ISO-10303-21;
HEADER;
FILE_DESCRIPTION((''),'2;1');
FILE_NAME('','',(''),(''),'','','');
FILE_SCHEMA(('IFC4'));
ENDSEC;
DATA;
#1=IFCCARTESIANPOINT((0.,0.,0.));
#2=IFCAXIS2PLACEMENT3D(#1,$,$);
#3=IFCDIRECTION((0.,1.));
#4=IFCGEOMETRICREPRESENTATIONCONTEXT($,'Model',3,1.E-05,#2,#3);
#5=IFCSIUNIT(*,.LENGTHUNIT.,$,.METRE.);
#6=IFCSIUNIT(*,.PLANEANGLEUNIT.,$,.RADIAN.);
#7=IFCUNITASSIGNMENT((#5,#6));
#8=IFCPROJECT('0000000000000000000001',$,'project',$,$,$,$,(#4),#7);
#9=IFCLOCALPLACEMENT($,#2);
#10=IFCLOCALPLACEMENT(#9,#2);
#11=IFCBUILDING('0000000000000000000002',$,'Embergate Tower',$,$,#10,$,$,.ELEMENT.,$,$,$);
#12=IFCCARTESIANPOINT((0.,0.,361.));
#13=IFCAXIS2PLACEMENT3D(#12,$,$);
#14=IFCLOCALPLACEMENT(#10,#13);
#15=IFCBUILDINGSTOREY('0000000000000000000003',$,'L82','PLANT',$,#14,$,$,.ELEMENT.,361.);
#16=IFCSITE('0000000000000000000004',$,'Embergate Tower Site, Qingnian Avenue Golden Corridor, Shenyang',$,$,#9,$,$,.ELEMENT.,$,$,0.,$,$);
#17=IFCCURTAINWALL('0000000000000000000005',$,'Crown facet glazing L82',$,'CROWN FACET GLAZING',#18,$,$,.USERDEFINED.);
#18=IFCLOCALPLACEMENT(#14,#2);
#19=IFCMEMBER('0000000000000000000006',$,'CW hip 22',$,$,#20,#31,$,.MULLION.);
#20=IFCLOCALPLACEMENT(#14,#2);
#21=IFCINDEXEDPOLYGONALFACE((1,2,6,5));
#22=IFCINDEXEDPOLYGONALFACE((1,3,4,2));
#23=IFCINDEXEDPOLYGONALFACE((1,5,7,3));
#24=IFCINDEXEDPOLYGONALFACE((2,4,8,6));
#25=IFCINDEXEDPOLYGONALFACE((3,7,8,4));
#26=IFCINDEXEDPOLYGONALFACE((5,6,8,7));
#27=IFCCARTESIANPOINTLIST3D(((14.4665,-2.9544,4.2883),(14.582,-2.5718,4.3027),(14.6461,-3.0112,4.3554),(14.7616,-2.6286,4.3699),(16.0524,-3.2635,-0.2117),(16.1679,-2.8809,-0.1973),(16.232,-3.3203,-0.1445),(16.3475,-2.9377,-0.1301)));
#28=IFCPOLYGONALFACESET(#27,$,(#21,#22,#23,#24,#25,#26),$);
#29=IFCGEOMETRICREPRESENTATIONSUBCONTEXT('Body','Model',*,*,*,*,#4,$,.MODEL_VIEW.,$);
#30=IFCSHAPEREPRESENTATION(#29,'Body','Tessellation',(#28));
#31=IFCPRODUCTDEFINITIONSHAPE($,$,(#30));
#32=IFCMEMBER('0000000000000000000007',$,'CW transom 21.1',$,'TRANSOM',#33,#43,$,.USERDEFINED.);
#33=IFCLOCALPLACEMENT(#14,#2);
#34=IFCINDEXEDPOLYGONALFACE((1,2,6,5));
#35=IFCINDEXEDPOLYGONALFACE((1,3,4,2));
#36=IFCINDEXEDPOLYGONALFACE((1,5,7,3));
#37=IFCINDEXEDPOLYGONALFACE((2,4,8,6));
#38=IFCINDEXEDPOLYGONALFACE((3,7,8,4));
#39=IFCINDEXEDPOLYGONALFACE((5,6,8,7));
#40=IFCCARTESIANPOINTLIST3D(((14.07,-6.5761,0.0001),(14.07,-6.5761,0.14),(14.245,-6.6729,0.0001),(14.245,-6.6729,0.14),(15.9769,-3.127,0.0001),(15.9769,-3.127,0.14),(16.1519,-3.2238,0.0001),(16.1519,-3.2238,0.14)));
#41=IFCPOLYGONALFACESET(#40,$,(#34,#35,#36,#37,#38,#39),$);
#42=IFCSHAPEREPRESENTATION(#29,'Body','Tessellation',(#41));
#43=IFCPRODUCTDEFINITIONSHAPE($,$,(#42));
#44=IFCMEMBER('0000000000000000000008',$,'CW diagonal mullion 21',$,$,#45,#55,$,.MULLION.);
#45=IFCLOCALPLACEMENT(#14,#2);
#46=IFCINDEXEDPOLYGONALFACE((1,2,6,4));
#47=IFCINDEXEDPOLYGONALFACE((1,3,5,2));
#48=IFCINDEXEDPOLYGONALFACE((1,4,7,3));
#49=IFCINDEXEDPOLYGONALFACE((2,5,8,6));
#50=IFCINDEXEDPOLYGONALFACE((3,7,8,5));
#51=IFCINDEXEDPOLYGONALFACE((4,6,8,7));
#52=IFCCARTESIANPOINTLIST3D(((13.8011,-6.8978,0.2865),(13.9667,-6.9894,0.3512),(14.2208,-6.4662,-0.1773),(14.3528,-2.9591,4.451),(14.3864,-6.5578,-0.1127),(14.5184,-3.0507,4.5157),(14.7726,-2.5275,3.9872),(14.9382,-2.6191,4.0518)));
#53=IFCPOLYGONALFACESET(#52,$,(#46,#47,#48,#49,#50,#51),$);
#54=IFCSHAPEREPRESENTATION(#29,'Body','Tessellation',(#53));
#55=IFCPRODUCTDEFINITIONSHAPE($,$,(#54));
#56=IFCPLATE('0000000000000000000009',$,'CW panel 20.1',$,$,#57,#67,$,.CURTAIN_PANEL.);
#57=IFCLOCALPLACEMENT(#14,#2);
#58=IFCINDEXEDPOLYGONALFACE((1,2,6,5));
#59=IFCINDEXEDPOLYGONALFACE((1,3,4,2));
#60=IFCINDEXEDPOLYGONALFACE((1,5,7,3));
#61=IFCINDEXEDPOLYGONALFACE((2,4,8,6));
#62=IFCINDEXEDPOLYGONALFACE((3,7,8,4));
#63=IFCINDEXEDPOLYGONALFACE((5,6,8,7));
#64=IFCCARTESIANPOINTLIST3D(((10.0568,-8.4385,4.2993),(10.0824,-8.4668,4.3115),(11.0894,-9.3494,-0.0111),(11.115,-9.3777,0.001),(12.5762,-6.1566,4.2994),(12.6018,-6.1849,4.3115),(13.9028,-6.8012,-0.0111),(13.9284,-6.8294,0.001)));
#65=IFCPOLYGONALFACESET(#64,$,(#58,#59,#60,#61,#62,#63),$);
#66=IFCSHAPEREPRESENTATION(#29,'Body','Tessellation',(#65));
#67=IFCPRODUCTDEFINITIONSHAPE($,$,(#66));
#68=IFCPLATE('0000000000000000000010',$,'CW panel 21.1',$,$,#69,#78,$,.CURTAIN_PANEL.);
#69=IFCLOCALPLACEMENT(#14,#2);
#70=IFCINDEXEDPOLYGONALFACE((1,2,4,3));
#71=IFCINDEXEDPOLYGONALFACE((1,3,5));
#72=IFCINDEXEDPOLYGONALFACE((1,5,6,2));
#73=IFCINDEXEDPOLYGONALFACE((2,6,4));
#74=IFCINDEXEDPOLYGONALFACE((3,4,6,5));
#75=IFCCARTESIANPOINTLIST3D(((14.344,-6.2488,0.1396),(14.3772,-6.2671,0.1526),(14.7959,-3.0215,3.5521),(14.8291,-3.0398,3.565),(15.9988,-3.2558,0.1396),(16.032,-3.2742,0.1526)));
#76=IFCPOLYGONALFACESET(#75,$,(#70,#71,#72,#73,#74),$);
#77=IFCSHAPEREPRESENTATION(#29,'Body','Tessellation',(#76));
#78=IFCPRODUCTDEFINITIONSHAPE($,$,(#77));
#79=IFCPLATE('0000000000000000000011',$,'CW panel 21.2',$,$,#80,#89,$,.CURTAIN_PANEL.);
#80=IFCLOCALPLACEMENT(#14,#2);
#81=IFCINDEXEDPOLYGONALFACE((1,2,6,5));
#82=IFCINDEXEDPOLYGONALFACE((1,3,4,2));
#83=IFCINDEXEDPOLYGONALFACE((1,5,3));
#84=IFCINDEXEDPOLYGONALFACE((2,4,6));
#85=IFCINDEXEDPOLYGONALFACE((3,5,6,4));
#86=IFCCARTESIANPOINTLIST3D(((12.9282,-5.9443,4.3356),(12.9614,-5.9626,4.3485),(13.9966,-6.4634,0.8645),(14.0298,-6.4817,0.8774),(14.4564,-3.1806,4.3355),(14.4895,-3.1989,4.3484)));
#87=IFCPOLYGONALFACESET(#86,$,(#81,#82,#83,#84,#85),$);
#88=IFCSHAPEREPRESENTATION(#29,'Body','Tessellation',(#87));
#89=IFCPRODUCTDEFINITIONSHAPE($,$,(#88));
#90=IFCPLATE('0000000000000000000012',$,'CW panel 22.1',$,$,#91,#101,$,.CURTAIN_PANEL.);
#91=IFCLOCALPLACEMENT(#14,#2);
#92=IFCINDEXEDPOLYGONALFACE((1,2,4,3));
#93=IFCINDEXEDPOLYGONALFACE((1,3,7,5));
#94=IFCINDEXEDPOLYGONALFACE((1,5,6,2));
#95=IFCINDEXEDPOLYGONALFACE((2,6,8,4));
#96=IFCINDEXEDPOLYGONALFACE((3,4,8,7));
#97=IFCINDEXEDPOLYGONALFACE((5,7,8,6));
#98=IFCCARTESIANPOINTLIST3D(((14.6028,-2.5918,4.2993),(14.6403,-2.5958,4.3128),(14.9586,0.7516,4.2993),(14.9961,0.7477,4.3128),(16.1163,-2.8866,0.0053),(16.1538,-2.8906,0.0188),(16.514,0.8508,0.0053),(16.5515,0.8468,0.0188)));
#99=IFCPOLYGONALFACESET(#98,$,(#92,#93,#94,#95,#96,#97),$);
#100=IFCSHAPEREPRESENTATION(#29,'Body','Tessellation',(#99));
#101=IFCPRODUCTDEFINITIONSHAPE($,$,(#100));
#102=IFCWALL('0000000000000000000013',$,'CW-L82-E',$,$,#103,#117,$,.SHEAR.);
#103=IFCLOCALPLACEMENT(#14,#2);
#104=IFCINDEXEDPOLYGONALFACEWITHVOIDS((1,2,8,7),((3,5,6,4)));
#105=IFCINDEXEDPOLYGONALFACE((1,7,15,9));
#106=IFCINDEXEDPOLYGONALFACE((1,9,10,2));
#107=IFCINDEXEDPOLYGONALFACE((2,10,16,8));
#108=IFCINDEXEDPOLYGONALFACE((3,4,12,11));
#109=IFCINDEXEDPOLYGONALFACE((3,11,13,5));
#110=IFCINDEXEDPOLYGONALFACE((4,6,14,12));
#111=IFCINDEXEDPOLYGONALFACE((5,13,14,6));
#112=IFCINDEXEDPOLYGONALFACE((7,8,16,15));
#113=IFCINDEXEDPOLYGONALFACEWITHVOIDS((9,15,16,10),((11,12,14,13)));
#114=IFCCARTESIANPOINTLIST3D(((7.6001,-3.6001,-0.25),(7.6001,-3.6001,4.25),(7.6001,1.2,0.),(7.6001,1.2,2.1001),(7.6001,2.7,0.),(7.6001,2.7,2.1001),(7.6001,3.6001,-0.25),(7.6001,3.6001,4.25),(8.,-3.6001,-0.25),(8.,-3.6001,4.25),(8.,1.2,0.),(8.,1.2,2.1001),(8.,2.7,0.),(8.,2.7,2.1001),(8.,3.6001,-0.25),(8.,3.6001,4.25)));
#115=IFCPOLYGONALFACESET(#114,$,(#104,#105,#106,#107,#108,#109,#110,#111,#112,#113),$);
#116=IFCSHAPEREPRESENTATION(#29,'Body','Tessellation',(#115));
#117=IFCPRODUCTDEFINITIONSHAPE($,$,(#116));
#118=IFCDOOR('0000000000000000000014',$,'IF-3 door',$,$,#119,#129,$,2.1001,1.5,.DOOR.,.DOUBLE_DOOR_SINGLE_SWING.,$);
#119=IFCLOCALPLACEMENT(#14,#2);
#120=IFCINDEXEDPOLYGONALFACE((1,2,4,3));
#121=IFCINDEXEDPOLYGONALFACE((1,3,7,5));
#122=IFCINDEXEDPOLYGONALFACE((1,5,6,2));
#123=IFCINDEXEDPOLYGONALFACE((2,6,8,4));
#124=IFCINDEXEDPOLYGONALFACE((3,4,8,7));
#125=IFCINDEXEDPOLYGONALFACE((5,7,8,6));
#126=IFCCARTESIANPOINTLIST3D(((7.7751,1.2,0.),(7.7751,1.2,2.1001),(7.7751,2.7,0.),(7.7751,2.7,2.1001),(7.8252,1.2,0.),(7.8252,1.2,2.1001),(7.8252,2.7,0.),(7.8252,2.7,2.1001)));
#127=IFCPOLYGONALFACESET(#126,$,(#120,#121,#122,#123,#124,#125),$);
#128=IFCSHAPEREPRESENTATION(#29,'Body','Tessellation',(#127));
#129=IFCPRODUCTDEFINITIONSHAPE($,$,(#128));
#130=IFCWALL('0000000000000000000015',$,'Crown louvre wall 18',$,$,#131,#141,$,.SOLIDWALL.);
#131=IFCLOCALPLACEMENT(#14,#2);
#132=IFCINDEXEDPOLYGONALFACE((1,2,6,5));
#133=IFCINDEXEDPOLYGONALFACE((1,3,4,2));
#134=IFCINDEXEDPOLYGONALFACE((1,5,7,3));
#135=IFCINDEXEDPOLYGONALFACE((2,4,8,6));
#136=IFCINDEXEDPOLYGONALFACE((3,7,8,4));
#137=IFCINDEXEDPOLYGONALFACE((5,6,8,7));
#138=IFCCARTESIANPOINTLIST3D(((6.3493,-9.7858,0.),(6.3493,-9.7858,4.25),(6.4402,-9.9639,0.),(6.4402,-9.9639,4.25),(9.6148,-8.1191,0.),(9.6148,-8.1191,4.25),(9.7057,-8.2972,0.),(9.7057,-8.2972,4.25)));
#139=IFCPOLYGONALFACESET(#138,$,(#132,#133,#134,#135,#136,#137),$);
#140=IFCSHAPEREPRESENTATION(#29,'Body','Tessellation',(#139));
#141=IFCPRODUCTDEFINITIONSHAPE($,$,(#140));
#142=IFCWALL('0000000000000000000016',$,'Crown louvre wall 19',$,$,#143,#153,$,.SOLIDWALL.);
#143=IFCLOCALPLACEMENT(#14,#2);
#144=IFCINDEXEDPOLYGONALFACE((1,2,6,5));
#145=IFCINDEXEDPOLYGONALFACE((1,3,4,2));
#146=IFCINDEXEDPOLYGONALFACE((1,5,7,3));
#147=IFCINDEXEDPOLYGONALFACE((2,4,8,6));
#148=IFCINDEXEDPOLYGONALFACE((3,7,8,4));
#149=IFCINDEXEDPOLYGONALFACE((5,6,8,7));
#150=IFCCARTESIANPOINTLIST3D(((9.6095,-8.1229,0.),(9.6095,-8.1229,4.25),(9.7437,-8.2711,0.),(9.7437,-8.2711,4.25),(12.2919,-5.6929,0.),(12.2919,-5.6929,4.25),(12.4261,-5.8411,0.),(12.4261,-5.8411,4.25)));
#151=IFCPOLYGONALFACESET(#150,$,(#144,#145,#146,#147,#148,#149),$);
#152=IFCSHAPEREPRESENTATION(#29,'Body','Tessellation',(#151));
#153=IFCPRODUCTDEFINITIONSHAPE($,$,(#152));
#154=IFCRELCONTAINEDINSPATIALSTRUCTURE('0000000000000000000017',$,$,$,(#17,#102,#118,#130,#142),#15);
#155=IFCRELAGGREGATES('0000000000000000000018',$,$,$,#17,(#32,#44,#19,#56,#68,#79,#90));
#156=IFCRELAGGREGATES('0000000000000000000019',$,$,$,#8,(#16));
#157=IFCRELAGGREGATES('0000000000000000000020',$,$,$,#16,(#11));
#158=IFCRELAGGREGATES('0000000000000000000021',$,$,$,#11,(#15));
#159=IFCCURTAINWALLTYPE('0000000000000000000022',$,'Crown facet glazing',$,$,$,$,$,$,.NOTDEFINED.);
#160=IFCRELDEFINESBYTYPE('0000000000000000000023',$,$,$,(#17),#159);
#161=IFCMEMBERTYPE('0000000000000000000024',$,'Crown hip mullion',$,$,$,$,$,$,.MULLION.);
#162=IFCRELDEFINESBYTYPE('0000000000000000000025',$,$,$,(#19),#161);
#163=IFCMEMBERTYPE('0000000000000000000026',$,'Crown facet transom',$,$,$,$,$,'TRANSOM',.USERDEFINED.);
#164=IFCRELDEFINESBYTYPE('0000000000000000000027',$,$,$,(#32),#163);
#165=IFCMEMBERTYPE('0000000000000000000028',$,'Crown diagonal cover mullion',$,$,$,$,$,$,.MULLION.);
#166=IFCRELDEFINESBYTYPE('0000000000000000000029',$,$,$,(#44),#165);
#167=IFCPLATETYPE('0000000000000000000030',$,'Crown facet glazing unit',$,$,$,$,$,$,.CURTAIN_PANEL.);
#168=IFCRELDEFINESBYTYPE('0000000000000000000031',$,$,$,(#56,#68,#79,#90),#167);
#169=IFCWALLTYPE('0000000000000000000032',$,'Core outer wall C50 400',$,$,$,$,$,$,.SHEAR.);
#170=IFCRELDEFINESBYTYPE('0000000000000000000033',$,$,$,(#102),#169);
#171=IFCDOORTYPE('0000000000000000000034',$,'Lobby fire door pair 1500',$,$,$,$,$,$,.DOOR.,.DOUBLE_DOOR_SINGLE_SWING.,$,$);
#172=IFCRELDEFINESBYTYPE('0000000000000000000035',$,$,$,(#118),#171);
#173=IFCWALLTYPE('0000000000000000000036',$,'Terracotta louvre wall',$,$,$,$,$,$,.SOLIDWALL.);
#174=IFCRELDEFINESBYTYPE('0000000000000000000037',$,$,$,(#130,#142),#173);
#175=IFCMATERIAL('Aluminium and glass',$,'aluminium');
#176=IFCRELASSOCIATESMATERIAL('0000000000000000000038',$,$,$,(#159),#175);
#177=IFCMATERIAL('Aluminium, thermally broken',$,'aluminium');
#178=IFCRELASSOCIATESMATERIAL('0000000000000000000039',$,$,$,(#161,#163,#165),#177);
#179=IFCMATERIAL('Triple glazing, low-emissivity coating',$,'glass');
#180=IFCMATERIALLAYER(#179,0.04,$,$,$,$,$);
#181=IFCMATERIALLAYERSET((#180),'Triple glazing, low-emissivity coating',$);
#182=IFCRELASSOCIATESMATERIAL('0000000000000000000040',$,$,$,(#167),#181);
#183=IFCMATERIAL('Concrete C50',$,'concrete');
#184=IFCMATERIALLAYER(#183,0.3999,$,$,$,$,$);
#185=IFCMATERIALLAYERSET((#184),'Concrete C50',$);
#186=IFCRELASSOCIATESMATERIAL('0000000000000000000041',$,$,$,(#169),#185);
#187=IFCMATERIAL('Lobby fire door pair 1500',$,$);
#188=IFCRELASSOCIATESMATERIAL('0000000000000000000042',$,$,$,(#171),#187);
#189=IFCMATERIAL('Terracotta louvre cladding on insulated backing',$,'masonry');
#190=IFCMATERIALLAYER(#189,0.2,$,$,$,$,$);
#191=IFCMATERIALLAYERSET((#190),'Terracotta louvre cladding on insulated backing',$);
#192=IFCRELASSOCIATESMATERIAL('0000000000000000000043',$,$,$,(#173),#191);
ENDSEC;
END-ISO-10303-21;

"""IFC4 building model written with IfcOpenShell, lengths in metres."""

from ifc_helpers import new_model, si_unit, direction, frame, frame_2d, origin, origin_2d, place, context, subcontext, project, spatial, polyline, rectangle, outline, extrude, source, transform, mapped, material, layer, layer_set, material_profile, profile_set, type_object, element, fill, aggregate, save


model = new_model("IFC4")

# Units and contexts
model_context = context("Model", 3, precision=1e-05, world=origin(), true_north=direction((0.0, 1.0)))
body_context = subcontext(model_context, "Body", "Model", "MODEL_VIEW")
ifc_project = project(units=[si_unit("LENGTHUNIT", "METRE"), si_unit("PLANEANGLEUNIT", "RADIAN")], contexts=[model_context])

# Site, building, storey
site_placement = place(None, origin())
site = spatial("IfcSite", under=ifc_project, at=site_placement, Name="Embergate Tower Site, Qingnian Avenue Golden Corridor, Shenyang", CompositionType="ELEMENT", RefElevation=0.0)
building_placement = place(site_placement, origin())
building = spatial("IfcBuilding", under=site, at=building_placement, Name="Embergate Tower", CompositionType="ELEMENT")
storey_placement = place(building_placement, frame((0.0, 0.0, 361.0)))
storey = spatial("IfcBuildingStorey", under=building, at=storey_placement, Name="L82", Description="PLANT", CompositionType="ELEMENT", Elevation=361.0)

# Curtain wall, members, plates
ifc_material_1 = material(Name="Aluminium and glass", Category="aluminium")
curtain_wall_type = type_object("IfcCurtainWallType", Name="Crown facet glazing", PredefinedType="NOTDEFINED", material=ifc_material_1)
curtain_wall_placement = place(storey_placement, origin())
curtain_wall = element("IfcCurtainWall", 1, at=curtain_wall_placement, inside=storey, type_object=curtain_wall_type, Name="Crown facet glazing L82", ObjectType="CROWN FACET GLAZING", PredefinedType="USERDEFINED")
ifc_material_2 = material(Name="Aluminium, thermally broken", Category="aluminium")
ifc_material_profile_1 = material_profile(ifc_material_2, rectangle(XDim=0.2, YDim=0.3999, at=origin_2d()), Name="AL 400x200")
ifc_profile_set_1 = profile_set([ifc_material_profile_1], Name="Aluminium, thermally broken")
member_type_1 = type_object("IfcMemberType", Name="Crown hip mullion", PredefinedType="MULLION", material=ifc_profile_set_1)
shared_shape_1 = source(origin(), body_context, "Body", "SweptSolid", [
    extrude(rectangle(XDim=0.2, YDim=0.3999, at=origin_2d()), origin(), (0.0, 0.0, 1.0), 4.7812),
])
member_1_placement = place(storey_placement, frame((16.2, -3.1006, -0.1709), z_axis=(-0.331697, 0.064644, 0.941169), x_axis=(0.898083, -0.28381, 0.336005)))
member_1 = element("IfcMember", 2, at=member_1_placement, type_object=member_type_1, Name="CW hip 22", PredefinedType="MULLION", context=body_context, shape_type="MappedRepresentation", body=[
    mapped(shared_shape_1, transform((0.0, 0.0, 0.0))),
])
ifc_material_profile_2 = material_profile(ifc_material_2, rectangle(XDim=0.2, YDim=0.1399, at=origin_2d()), Name="AL 140x200")
ifc_profile_set_2 = profile_set([ifc_material_profile_2], Name="Aluminium, thermally broken")
member_type_2 = type_object("IfcMemberType", Name="Crown facet transom", ElementType="TRANSOM", PredefinedType="USERDEFINED", material=ifc_profile_set_2)
shared_shape_2 = source(origin(), body_context, "Body", "SweptSolid", [
    extrude(rectangle(XDim=0.2, YDim=0.1399, at=origin_2d()), origin(), (0.0, 0.0, 1.0), 3.9412),
])
member_2_placement = place(storey_placement, frame((14.1575, -6.6245, 0.0701), z_axis=(0.483848, 0.875152, 0.0), x_axis=(-0.875152, 0.483848, 0.0)))
member_2 = element("IfcMember", 3, at=member_2_placement, type_object=member_type_2, Name="CW transom 21.1", ObjectType="TRANSOM", PredefinedType="USERDEFINED", context=body_context, shape_type="MappedRepresentation", body=[
    mapped(shared_shape_2, transform((0.0, 0.0, 0.0))),
])
ifc_material_profile_3 = material_profile(ifc_material_2, rectangle(XDim=0.2, YDim=0.76, at=origin_2d()), Name="AL 760x200")
ifc_profile_set_3 = profile_set([ifc_material_profile_3], Name="Aluminium, thermally broken")
member_type_3 = type_object("IfcMemberType", Name="Crown diagonal cover mullion", PredefinedType="MULLION", material=ifc_profile_set_3)
shared_shape_3 = source(origin(), body_context, "Body", "SweptSolid", [
    extrude(rectangle(XDim=0.2, YDim=0.76, at=origin_2d()), origin(), (0.0, 0.0, 1.0), 5.7585),
])
member_3_placement = place(storey_placement, frame((14.0938, -6.7278, 0.0869), z_axis=(0.095815, 0.683972, 0.723188), x_axis=(0.828125, -0.457887, 0.32334)))
member_3 = element("IfcMember", 4, at=member_3_placement, type_object=member_type_3, Name="CW diagonal mullion 21", PredefinedType="MULLION", context=body_context, shape_type="MappedRepresentation", body=[
    mapped(shared_shape_3, transform((0.0, 0.0, 0.0))),
])
ifc_material_3 = material(Name="Triple glazing, low-emissivity coating", Category="glass")
ifc_layer_1 = layer(ifc_material_3, 0.04)
ifc_layer_set_1 = layer_set([ifc_layer_1], Name="Triple glazing, low-emissivity coating")
plate_type = type_object("IfcPlateType", Name="Crown facet glazing unit", PredefinedType="CURTAIN_PANEL", material=ifc_layer_set_1)
shared_shape_4 = source(origin(), body_context, "Body", "SweptSolid", [
    extrude(outline(polyline([(0.0, 0.0), (3.7959, 0.0), (3.2454, 4.5225), (-0.1538, 4.5225), (0.0, 0.0)])), origin(), (0.0, 0.0, -1.0), 0.04),
])
plate_1_placement = place(storey_placement, frame((11.115, -9.3777, 0.001), z_axis=(0.639847, -0.706435, 0.302565), x_axis=(0.741174, 0.671313, 0.000003)))
plate_1 = element("IfcPlate", 5, at=plate_1_placement, type_object=plate_type, Name="CW panel 20.1", PredefinedType="CURTAIN_PANEL", context=body_context, shape_type="MappedRepresentation", body=[
    mapped(shared_shape_4, transform((0.0, 0.0, 0.0))),
])
shared_shape_5 = source(origin(), body_context, "Body", "SweptSolid", [
    extrude(outline(polyline([(0.0, 0.0), (3.4199, 0.0), (3.043, 3.6062), (0.0, 0.0)])), origin(), (0.0, 0.0, -1.0), 0.04),
])
plate_2_placement = place(storey_placement, frame((14.3772, -6.2671, 0.1526), z_axis=(0.828123, -0.457869, 0.323368), x_axis=(0.483866, 0.875142, 0.0)))
plate_2 = element("IfcPlate", 6, at=plate_2_placement, type_object=plate_type, Name="CW panel 21.1", PredefinedType="CURTAIN_PANEL", context=body_context, shape_type="MappedRepresentation", body=[
    mapped(shared_shape_5, transform((0.0, 0.0, 0.0))),
])
shared_shape_6 = source(origin(), body_context, "Body", "SweptSolid", [
    extrude(outline(polyline([(0.0, 0.0), (4.7996, 0.0), (2.7629, 2.4136), (0.0, 0.0)])), origin(), (0.0, 0.0, -1.0), 0.04),
])
plate_3_placement = place(storey_placement, frame((14.0298, -6.4817, 0.8774), z_axis=(0.828119, -0.457879, 0.323366), x_axis=(0.095785, 0.683973, 0.723192)))
plate_3 = element("IfcPlate", 7, at=plate_3_placement, type_object=plate_type, Name="CW panel 21.2", PredefinedType="CURTAIN_PANEL", context=body_context, shape_type="MappedRepresentation", body=[
    mapped(shared_shape_6, transform((0.0, 0.0, 0.0))),
])
shared_shape_7 = source(origin(), body_context, "Body", "SweptSolid", [
    extrude(outline(polyline([(0.0, 0.0), (3.7585, 0.0), (3.4954, 4.5605), (0.1331, 4.5605), (0.0, 0.0)])), origin(), (0.0, 0.0, -1.0), 0.04),
])
plate_4_placement = place(storey_placement, frame((16.1538, -2.8906, 0.0188), z_axis=(0.936276, -0.099622, 0.336843), x_axis=(0.105806, 0.994387, -0.000002)))
plate_4 = element("IfcPlate", 8, at=plate_4_placement, type_object=plate_type, Name="CW panel 22.1", PredefinedType="CURTAIN_PANEL", context=body_context, shape_type="MappedRepresentation", body=[
    mapped(shared_shape_7, transform((0.0, 0.0, 0.0))),
])
aggregate(curtain_wall, [member_2, member_3, member_1, plate_1, plate_2, plate_3, plate_4])

# Wall, opening, door
ifc_material_4 = material(Name="Concrete C50", Category="concrete")
ifc_layer_2 = layer(ifc_material_4, 0.3999)
ifc_layer_set_2 = layer_set([ifc_layer_2], Name="Concrete C50")
wall_type_1 = type_object("IfcWallType", Name="Core outer wall C50 400", PredefinedType="SHEAR", material=ifc_layer_set_2)
shared_shape_8 = source(origin(), body_context, "Body", "SweptSolid", [
    extrude(rectangle(XDim=7.2002, YDim=0.3999, at=frame_2d((3.6001, 0.0))), origin(), (0.0, 0.0, 1.0), 4.5),
])
wall_1_placement = place(storey_placement, frame((7.8, -3.6001, -0.25), z_axis=(0.0, 0.0, 1.0), x_axis=(0.0, 1.0, 0.0)))
wall_1 = element("IfcWall", 9, at=wall_1_placement, inside=storey, type_object=wall_type_1, Name="CW-L82-E", PredefinedType="SHEAR", context=body_context, shape_type="MappedRepresentation", body=[
    mapped(shared_shape_8, transform((0.0, 0.0, 0.0))),
])
shared_shape_9 = source(origin(), body_context, "Body", "SweptSolid", [
    extrude(rectangle(XDim=1.5, YDim=2.1001, at=frame_2d((0.75, 1.05))), frame((0.0, 0.21, 0.0), z_axis=(0.0, -1.0, 0.0), x_axis=(1.0, 0.0, 0.0)), (0.0, 0.0, 1.0), 0.4199),
])
opening_1_placement = place(wall_1_placement, frame((4.8, 0.0, 0.25)))
opening_1 = element("IfcOpeningElement", 10, at=opening_1_placement, cuts=wall_1, PredefinedType="OPENING", context=body_context, shape_type="MappedRepresentation", body=[
    mapped(shared_shape_9, transform((0.0, 0.0, 0.0))),
])
ifc_material_5 = material(Name="Lobby fire door pair 1500")
door_type_1 = type_object("IfcDoorType", Name="Lobby fire door pair 1500", OperationType="DOUBLE_DOOR_SINGLE_SWING", PredefinedType="DOOR", material=ifc_material_5)
shared_shape_10 = source(origin(), body_context, "Body", "SweptSolid", [
    extrude(rectangle(XDim=1.5, YDim=2.1001, at=frame_2d((0.75, 1.05))), frame((0.0, 0.0249, 0.0), z_axis=(0.0, -1.0, 0.0), x_axis=(1.0, 0.0, 0.0)), (0.0, 0.0, 1.0), 0.05),
])
door_1_placement = place(opening_1_placement, origin())
door_1 = element("IfcDoor", 11, at=door_1_placement, inside=storey, type_object=door_type_1, Name="IF-3 door", OperationType="DOUBLE_DOOR_SINGLE_SWING", OverallHeight=2.1001, OverallWidth=1.5, PredefinedType="DOOR", context=body_context, shape_type="MappedRepresentation", body=[
    mapped(shared_shape_10, transform((0.0, 0.0, 0.0))),
])
fill(opening_1, door_1)

# Walls
ifc_material_6 = material(Name="Terracotta louvre cladding on insulated backing", Category="masonry")
ifc_layer_3 = layer(ifc_material_6, 0.2)
ifc_layer_set_3 = layer_set([ifc_layer_3], Name="Terracotta louvre cladding on insulated backing")
wall_type_2 = type_object("IfcWallType", Name="Terracotta louvre wall", PredefinedType="SOLIDWALL", material=ifc_layer_set_3)
shared_shape_11 = source(origin(), body_context, "Body", "SweptSolid", [
    extrude(rectangle(XDim=3.6663, YDim=0.2, at=frame_2d((1.833, 0.0))), origin(), (0.0, 0.0, 1.0), 4.25),
])
wall_2_placement = place(storey_placement, frame((9.6602, -8.2083, 0.0), z_axis=(0.0, 0.0, 1.0), x_axis=(-0.890694, -0.454603, 0.0)))
element("IfcWall", 12, at=wall_2_placement, inside=storey, type_object=wall_type_2, Name="Crown louvre wall 18", PredefinedType="SOLIDWALL", context=body_context, shape_type="MappedRepresentation", body=[
    mapped(shared_shape_11, transform((0.0, 0.0, 0.0))),
])
shared_shape_12 = source(origin(), body_context, "Body", "SweptSolid", [
    extrude(rectangle(XDim=3.6194, YDim=0.2, at=frame_2d((1.8096, 0.0))), origin(), (0.0, 0.0, 1.0), 4.25),
])
wall_3_placement = place(storey_placement, frame((12.3589, -5.7671, 0.0), z_axis=(0.0, 0.0, 1.0), x_axis=(-0.74112, -0.671372, 0.0)))
element("IfcWall", 13, at=wall_3_placement, inside=storey, type_object=wall_type_2, Name="Crown louvre wall 19", PredefinedType="SOLIDWALL", context=body_context, shape_type="MappedRepresentation", body=[
    mapped(shared_shape_12, transform((0.0, 0.0, 0.0))),
])

save(model, "model.ifc")
